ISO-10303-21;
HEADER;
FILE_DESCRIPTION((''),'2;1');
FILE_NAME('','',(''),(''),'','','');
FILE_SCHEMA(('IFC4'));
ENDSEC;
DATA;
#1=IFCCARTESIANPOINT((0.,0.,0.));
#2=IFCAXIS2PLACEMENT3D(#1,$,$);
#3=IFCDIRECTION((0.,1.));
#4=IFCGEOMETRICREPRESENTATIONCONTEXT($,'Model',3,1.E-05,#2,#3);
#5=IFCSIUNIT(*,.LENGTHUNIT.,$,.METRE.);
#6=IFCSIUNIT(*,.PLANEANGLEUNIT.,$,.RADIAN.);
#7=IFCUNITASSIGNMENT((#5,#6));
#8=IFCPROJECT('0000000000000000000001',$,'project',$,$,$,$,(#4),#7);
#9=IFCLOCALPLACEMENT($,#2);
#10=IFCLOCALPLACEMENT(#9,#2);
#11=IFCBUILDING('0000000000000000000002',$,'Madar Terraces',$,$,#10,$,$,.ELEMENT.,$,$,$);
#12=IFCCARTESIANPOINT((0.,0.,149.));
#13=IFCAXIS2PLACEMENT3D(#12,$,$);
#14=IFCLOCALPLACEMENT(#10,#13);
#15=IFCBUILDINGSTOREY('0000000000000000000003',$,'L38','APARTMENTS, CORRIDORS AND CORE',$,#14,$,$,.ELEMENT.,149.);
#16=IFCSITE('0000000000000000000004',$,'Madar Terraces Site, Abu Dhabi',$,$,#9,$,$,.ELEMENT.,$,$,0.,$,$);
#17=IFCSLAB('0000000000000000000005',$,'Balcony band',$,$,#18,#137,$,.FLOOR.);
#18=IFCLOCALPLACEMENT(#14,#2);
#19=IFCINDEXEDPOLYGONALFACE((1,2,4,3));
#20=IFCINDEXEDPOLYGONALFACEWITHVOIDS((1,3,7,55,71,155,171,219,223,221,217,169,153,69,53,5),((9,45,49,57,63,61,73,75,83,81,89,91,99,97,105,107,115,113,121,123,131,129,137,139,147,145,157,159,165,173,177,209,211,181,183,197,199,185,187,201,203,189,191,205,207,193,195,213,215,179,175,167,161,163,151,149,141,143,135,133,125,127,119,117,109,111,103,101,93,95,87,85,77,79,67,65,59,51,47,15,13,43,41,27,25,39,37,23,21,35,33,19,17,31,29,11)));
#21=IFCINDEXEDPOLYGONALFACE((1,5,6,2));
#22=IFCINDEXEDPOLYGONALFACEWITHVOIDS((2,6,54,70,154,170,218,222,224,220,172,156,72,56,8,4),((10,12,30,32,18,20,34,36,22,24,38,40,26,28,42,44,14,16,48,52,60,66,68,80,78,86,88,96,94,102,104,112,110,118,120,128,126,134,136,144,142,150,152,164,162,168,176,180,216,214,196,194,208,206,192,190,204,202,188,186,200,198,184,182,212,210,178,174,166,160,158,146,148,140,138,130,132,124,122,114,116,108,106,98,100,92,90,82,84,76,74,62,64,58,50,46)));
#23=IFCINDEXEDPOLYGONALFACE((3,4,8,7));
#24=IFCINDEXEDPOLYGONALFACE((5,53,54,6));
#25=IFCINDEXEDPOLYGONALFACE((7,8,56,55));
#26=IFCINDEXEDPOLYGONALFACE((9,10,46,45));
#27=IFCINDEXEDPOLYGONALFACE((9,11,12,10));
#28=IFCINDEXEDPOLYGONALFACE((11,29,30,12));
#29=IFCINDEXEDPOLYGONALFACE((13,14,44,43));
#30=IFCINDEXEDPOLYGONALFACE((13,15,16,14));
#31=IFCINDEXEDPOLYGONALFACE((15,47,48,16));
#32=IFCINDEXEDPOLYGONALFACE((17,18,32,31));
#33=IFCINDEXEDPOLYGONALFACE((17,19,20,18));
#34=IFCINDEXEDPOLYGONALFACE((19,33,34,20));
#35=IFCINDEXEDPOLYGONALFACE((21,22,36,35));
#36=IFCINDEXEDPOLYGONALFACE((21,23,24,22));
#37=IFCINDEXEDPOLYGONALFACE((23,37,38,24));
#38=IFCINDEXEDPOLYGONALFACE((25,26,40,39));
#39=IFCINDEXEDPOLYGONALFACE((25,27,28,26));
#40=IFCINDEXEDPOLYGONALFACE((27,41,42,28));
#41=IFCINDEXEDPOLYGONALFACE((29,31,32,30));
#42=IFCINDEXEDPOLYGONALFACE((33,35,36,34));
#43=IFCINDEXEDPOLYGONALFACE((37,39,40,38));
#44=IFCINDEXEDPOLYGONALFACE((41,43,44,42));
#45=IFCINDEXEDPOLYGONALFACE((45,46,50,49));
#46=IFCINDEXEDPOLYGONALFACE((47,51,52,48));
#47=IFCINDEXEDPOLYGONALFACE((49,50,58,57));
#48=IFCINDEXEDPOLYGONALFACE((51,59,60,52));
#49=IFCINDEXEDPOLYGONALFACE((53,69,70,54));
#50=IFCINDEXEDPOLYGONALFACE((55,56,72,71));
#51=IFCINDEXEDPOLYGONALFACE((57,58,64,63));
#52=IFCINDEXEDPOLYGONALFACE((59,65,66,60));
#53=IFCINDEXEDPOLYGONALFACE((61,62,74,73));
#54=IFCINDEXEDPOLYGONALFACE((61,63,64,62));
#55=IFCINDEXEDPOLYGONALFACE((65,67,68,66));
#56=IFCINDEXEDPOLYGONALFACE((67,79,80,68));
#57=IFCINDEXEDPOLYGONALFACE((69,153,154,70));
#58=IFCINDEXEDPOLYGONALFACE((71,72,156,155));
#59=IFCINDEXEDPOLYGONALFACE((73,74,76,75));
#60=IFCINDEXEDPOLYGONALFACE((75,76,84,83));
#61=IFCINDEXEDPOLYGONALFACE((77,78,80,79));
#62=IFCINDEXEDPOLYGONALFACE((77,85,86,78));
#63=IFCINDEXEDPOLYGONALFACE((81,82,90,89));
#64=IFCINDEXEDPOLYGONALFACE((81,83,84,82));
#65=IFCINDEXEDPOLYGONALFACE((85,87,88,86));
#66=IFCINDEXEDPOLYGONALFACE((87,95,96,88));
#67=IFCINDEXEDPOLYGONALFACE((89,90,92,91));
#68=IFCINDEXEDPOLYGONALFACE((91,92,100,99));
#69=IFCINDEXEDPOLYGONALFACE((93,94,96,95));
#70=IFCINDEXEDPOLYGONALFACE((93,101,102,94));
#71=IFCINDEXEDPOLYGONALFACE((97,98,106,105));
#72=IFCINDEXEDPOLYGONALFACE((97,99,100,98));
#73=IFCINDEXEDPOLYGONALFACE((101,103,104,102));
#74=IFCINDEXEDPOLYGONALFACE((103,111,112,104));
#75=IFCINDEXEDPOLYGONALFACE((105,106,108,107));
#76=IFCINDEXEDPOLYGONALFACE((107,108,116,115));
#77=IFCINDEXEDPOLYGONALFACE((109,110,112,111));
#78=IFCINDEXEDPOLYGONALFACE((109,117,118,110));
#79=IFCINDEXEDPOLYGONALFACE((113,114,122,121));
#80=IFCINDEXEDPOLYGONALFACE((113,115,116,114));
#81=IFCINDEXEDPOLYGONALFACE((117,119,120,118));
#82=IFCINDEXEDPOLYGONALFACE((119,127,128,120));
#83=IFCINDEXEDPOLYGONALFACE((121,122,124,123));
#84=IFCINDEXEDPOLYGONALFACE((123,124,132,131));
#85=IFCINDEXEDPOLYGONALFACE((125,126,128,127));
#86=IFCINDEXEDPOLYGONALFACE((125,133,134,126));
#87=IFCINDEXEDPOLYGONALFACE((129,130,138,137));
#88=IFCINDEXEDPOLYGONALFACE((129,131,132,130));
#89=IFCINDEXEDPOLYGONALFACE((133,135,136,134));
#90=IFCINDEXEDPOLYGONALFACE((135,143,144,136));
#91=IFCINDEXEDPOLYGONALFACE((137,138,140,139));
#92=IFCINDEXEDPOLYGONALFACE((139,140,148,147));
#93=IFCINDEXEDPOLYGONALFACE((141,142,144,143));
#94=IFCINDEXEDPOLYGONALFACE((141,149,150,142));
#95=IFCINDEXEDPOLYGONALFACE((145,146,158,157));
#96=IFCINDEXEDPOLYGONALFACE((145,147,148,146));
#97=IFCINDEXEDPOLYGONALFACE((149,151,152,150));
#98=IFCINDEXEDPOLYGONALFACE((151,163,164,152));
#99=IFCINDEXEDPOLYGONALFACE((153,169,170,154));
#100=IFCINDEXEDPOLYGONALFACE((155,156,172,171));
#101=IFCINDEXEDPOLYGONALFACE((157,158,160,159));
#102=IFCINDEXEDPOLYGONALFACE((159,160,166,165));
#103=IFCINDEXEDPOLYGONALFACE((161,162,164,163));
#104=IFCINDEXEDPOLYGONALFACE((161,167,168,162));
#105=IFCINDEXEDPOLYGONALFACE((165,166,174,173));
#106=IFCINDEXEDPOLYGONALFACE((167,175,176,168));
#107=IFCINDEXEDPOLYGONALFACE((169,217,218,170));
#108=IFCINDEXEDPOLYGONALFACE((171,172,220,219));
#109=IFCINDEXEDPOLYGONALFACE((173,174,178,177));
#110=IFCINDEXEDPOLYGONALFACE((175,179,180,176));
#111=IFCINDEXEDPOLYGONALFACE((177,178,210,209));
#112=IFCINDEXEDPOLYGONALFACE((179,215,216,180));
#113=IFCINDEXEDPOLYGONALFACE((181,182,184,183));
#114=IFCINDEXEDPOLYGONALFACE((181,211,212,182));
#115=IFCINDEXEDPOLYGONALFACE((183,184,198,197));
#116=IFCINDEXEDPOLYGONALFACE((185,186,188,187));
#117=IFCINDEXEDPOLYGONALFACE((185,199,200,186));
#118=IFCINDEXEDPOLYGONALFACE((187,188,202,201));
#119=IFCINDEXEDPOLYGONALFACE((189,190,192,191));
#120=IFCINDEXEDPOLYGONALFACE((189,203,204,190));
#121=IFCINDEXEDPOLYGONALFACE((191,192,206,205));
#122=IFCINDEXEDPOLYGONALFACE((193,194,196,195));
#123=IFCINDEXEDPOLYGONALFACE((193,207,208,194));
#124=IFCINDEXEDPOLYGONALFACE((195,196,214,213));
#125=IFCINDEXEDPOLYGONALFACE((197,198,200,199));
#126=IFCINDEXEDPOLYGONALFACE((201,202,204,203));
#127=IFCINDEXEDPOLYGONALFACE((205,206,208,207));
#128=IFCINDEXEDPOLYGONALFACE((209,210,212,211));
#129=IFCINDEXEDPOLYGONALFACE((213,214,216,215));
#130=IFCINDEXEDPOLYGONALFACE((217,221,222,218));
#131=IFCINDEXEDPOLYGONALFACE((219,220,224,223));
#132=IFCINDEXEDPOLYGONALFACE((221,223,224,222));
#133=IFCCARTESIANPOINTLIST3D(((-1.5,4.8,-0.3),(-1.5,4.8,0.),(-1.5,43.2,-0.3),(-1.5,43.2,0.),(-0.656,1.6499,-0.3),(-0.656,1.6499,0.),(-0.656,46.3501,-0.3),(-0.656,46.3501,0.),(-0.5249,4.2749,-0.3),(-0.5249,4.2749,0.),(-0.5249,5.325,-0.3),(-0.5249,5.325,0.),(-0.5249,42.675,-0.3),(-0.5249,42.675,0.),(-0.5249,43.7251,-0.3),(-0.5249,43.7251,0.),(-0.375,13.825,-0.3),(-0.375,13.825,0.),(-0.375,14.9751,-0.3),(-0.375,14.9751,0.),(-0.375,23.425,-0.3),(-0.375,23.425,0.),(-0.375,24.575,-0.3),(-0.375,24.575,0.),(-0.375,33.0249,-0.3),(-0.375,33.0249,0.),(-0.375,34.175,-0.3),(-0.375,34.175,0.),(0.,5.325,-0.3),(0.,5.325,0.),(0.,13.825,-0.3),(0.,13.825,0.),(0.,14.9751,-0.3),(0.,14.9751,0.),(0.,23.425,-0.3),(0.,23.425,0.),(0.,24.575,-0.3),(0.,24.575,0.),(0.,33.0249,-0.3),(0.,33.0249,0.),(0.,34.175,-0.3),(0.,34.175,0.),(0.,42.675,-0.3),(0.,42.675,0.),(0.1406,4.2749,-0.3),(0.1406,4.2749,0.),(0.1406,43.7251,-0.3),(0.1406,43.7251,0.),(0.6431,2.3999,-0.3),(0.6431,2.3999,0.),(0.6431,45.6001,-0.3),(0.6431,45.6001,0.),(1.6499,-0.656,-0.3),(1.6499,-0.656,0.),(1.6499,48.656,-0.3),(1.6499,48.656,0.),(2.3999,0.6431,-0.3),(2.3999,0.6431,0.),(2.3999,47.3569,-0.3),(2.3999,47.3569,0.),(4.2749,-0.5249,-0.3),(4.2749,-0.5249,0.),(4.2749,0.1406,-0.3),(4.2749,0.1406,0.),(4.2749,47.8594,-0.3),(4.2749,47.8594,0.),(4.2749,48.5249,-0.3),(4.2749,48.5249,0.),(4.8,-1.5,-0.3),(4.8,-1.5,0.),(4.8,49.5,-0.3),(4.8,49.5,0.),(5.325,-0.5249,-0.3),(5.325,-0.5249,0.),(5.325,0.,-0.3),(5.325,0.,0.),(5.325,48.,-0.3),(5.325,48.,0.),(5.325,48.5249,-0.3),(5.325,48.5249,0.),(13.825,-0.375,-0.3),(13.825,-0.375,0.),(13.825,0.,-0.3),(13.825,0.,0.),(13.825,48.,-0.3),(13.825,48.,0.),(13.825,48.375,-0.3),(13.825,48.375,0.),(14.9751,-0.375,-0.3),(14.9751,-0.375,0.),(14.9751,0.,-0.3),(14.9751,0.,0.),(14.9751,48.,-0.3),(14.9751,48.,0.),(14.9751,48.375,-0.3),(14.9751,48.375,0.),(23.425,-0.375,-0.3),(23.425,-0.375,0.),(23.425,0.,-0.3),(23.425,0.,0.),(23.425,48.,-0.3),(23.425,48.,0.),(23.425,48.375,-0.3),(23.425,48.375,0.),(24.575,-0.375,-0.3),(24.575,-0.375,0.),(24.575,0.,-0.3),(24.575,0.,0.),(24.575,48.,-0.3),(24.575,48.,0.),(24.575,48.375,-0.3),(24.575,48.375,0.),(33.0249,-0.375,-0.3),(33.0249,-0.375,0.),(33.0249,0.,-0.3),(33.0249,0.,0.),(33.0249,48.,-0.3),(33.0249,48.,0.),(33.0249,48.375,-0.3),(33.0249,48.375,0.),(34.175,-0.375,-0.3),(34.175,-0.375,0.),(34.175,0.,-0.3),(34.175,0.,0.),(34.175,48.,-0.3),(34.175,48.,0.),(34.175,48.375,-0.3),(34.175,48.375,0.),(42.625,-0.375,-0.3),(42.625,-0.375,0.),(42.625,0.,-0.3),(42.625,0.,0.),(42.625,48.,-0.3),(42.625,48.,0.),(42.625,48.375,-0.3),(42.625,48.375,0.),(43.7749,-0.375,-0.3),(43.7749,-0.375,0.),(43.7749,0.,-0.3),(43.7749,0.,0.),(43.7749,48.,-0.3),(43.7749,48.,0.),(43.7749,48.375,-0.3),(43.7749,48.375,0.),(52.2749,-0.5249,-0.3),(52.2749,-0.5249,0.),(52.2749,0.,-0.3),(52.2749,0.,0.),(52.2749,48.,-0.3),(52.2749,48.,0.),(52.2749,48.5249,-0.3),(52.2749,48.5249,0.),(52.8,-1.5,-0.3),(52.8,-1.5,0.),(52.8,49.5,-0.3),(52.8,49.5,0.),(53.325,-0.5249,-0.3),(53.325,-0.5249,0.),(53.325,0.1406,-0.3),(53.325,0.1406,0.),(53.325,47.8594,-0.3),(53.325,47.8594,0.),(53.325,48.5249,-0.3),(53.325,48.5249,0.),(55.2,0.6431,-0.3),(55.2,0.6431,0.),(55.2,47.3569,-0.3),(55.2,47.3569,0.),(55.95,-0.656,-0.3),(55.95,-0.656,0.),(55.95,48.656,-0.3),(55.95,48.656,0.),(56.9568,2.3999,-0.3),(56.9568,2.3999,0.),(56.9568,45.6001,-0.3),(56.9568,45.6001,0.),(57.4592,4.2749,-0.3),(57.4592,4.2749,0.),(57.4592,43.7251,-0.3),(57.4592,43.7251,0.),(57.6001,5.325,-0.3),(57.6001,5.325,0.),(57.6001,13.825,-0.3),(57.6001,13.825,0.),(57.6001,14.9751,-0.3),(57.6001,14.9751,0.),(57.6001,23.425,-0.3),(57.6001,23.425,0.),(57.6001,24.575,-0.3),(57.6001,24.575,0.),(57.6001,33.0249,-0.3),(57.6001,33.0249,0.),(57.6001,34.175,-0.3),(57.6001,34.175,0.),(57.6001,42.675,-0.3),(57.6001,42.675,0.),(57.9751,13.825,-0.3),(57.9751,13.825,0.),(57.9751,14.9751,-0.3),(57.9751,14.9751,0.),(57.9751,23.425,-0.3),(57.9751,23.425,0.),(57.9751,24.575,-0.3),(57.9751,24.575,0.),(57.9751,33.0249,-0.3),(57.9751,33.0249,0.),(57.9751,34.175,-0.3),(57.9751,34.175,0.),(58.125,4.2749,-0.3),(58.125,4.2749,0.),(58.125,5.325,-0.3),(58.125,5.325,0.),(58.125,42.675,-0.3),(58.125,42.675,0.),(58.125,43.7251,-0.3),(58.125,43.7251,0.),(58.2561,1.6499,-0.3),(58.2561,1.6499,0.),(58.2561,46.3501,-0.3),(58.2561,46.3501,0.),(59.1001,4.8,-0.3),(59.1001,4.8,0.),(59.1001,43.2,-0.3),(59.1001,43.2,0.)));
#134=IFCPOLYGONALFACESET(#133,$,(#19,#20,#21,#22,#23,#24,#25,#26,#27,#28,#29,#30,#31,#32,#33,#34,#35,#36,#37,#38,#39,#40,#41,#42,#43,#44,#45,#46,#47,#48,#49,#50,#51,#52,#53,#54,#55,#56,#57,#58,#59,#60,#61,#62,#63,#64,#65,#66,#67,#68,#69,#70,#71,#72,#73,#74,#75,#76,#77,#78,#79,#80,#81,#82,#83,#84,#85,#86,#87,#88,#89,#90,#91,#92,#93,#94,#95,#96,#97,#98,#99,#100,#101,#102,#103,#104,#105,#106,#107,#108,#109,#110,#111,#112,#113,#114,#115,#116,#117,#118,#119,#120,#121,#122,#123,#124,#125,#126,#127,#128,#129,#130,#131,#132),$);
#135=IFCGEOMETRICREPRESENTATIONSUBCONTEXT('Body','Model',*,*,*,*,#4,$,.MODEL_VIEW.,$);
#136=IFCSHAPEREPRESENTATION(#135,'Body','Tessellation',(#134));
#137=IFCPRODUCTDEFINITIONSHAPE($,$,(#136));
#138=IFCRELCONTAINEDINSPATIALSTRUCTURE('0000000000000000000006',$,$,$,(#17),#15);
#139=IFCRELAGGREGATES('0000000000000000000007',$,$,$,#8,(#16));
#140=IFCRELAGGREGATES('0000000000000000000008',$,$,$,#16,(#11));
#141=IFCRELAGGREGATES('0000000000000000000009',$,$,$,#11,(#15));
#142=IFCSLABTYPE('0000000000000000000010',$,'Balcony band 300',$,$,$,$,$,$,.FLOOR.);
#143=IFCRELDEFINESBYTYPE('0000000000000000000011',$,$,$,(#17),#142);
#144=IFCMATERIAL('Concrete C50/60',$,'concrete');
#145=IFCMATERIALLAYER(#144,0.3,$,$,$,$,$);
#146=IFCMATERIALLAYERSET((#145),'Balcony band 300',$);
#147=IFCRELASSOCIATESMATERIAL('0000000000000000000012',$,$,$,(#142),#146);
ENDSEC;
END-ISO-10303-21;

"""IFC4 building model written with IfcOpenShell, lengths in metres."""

from ifc_helpers import new_model, si_unit, direction, frame, origin, place, context, subcontext, project, spatial, polyline, outline, extrude, material, layer, layer_set, type_object, element, save


model = new_model("IFC4")

# Units and contexts
model_context = context("Model", 3, precision=1e-05, world=origin(), true_north=direction((0.0, 1.0)))
body_context = subcontext(model_context, "Body", "Model", "MODEL_VIEW")
ifc_project = project(units=[si_unit("LENGTHUNIT", "METRE"), si_unit("PLANEANGLEUNIT", "RADIAN")], contexts=[model_context])

# Site, building, storey
site_placement = place(None, origin())
site = spatial("IfcSite", under=ifc_project, at=site_placement, Name="Madar Terraces Site, Abu Dhabi", CompositionType="ELEMENT", RefElevation=0.0)
building_placement = place(site_placement, origin())
building = spatial("IfcBuilding", under=site, at=building_placement, Name="Madar Terraces", CompositionType="ELEMENT")
storey_placement = place(building_placement, frame((0.0, 0.0, 149.0)))
storey = spatial("IfcBuildingStorey", under=building, at=storey_placement, Name="L38", Description="APARTMENTS, CORRIDORS AND CORE", CompositionType="ELEMENT", Elevation=149.0)

# Slab
ifc_material_1 = material(Name="Concrete C50/60", Category="concrete")
ifc_layer_1 = layer(ifc_material_1, 0.3)
ifc_layer_set_1 = layer_set([ifc_layer_1], Name="Balcony band 300")
slab_type_1 = type_object("IfcSlabType", Name="Balcony band 300", PredefinedType="FLOOR", material=ifc_layer_set_1)
slab_1_placement = place(storey_placement, frame((0.0, 0.0, -0.3)))
element("IfcSlab", 1, at=slab_1_placement, inside=storey, type_object=slab_type_1, Name="Balcony band", PredefinedType="FLOOR", context=body_context, shape_type="SweptSolid", body=[
    extrude(outline(polyline([(4.8, -1.5), (1.6499, -0.656), (-0.656, 1.6499), (-1.5, 4.8), (-1.5, 43.2), (-0.656, 46.3501), (1.6499, 48.656), (4.8, 49.5), (52.8, 49.5), (55.95, 48.656), (58.2561, 46.3501), (59.1001, 43.2), (59.1001, 4.8), (58.2561, 1.6499), (55.95, -0.656), (52.8, -1.5), (4.8, -1.5)]), holes=[polyline([(5.325, -0.5249), (5.325, 0.0), (13.825, 0.0), (13.825, -0.375), (14.9751, -0.375), (14.9751, 0.0), (23.425, 0.0), (23.425, -0.375), (24.575, -0.375), (24.575, 0.0), (33.0249, 0.0), (33.0249, -0.375), (34.175, -0.375), (34.175, 0.0), (42.625, 0.0), (42.625, -0.375), (43.7749, -0.375), (43.7749, 0.0), (52.2749, 0.0), (52.2749, -0.5249), (53.325, -0.5249), (53.325, 0.1406), (55.2, 0.6431), (56.9568, 2.3999), (57.4592, 4.2749), (58.125, 4.2749), (58.125, 5.325), (57.6001, 5.325), (57.6001, 13.825), (57.9751, 13.825), (57.9751, 14.9751), (57.6001, 14.9751), (57.6001, 23.425), (57.9751, 23.425), (57.9751, 24.575), (57.6001, 24.575), (57.6001, 33.0249), (57.9751, 33.0249), (57.9751, 34.175), (57.6001, 34.175), (57.6001, 42.675), (58.125, 42.675), (58.125, 43.7251), (57.4592, 43.7251), (56.9568, 45.6001), (55.2, 47.3569), (53.325, 47.8594), (53.325, 48.5249), (52.2749, 48.5249), (52.2749, 48.0), (43.7749, 48.0), (43.7749, 48.375), (42.625, 48.375), (42.625, 48.0), (34.175, 48.0), (34.175, 48.375), (33.0249, 48.375), (33.0249, 48.0), (24.575, 48.0), (24.575, 48.375), (23.425, 48.375), (23.425, 48.0), (14.9751, 48.0), (14.9751, 48.375), (13.825, 48.375), (13.825, 48.0), (5.325, 48.0), (5.325, 48.5249), (4.2749, 48.5249), (4.2749, 47.8594), (2.3999, 47.3569), (0.6431, 45.6001), (0.1406, 43.7251), (-0.5249, 43.7251), (-0.5249, 42.675), (0.0, 42.675), (0.0, 34.175), (-0.375, 34.175), (-0.375, 33.0249), (0.0, 33.0249), (0.0, 24.575), (-0.375, 24.575), (-0.375, 23.425), (0.0, 23.425), (0.0, 14.9751), (-0.375, 14.9751), (-0.375, 13.825), (0.0, 13.825), (0.0, 5.325), (-0.5249, 5.325), (-0.5249, 4.2749), (0.1406, 4.2749), (0.6431, 2.3999), (2.3999, 0.6431), (4.2749, 0.1406), (4.2749, -0.5249), (5.325, -0.5249)])]), origin(), (0.0, 0.0, 1.0), 0.3),
])

save(model, "model.ifc")
